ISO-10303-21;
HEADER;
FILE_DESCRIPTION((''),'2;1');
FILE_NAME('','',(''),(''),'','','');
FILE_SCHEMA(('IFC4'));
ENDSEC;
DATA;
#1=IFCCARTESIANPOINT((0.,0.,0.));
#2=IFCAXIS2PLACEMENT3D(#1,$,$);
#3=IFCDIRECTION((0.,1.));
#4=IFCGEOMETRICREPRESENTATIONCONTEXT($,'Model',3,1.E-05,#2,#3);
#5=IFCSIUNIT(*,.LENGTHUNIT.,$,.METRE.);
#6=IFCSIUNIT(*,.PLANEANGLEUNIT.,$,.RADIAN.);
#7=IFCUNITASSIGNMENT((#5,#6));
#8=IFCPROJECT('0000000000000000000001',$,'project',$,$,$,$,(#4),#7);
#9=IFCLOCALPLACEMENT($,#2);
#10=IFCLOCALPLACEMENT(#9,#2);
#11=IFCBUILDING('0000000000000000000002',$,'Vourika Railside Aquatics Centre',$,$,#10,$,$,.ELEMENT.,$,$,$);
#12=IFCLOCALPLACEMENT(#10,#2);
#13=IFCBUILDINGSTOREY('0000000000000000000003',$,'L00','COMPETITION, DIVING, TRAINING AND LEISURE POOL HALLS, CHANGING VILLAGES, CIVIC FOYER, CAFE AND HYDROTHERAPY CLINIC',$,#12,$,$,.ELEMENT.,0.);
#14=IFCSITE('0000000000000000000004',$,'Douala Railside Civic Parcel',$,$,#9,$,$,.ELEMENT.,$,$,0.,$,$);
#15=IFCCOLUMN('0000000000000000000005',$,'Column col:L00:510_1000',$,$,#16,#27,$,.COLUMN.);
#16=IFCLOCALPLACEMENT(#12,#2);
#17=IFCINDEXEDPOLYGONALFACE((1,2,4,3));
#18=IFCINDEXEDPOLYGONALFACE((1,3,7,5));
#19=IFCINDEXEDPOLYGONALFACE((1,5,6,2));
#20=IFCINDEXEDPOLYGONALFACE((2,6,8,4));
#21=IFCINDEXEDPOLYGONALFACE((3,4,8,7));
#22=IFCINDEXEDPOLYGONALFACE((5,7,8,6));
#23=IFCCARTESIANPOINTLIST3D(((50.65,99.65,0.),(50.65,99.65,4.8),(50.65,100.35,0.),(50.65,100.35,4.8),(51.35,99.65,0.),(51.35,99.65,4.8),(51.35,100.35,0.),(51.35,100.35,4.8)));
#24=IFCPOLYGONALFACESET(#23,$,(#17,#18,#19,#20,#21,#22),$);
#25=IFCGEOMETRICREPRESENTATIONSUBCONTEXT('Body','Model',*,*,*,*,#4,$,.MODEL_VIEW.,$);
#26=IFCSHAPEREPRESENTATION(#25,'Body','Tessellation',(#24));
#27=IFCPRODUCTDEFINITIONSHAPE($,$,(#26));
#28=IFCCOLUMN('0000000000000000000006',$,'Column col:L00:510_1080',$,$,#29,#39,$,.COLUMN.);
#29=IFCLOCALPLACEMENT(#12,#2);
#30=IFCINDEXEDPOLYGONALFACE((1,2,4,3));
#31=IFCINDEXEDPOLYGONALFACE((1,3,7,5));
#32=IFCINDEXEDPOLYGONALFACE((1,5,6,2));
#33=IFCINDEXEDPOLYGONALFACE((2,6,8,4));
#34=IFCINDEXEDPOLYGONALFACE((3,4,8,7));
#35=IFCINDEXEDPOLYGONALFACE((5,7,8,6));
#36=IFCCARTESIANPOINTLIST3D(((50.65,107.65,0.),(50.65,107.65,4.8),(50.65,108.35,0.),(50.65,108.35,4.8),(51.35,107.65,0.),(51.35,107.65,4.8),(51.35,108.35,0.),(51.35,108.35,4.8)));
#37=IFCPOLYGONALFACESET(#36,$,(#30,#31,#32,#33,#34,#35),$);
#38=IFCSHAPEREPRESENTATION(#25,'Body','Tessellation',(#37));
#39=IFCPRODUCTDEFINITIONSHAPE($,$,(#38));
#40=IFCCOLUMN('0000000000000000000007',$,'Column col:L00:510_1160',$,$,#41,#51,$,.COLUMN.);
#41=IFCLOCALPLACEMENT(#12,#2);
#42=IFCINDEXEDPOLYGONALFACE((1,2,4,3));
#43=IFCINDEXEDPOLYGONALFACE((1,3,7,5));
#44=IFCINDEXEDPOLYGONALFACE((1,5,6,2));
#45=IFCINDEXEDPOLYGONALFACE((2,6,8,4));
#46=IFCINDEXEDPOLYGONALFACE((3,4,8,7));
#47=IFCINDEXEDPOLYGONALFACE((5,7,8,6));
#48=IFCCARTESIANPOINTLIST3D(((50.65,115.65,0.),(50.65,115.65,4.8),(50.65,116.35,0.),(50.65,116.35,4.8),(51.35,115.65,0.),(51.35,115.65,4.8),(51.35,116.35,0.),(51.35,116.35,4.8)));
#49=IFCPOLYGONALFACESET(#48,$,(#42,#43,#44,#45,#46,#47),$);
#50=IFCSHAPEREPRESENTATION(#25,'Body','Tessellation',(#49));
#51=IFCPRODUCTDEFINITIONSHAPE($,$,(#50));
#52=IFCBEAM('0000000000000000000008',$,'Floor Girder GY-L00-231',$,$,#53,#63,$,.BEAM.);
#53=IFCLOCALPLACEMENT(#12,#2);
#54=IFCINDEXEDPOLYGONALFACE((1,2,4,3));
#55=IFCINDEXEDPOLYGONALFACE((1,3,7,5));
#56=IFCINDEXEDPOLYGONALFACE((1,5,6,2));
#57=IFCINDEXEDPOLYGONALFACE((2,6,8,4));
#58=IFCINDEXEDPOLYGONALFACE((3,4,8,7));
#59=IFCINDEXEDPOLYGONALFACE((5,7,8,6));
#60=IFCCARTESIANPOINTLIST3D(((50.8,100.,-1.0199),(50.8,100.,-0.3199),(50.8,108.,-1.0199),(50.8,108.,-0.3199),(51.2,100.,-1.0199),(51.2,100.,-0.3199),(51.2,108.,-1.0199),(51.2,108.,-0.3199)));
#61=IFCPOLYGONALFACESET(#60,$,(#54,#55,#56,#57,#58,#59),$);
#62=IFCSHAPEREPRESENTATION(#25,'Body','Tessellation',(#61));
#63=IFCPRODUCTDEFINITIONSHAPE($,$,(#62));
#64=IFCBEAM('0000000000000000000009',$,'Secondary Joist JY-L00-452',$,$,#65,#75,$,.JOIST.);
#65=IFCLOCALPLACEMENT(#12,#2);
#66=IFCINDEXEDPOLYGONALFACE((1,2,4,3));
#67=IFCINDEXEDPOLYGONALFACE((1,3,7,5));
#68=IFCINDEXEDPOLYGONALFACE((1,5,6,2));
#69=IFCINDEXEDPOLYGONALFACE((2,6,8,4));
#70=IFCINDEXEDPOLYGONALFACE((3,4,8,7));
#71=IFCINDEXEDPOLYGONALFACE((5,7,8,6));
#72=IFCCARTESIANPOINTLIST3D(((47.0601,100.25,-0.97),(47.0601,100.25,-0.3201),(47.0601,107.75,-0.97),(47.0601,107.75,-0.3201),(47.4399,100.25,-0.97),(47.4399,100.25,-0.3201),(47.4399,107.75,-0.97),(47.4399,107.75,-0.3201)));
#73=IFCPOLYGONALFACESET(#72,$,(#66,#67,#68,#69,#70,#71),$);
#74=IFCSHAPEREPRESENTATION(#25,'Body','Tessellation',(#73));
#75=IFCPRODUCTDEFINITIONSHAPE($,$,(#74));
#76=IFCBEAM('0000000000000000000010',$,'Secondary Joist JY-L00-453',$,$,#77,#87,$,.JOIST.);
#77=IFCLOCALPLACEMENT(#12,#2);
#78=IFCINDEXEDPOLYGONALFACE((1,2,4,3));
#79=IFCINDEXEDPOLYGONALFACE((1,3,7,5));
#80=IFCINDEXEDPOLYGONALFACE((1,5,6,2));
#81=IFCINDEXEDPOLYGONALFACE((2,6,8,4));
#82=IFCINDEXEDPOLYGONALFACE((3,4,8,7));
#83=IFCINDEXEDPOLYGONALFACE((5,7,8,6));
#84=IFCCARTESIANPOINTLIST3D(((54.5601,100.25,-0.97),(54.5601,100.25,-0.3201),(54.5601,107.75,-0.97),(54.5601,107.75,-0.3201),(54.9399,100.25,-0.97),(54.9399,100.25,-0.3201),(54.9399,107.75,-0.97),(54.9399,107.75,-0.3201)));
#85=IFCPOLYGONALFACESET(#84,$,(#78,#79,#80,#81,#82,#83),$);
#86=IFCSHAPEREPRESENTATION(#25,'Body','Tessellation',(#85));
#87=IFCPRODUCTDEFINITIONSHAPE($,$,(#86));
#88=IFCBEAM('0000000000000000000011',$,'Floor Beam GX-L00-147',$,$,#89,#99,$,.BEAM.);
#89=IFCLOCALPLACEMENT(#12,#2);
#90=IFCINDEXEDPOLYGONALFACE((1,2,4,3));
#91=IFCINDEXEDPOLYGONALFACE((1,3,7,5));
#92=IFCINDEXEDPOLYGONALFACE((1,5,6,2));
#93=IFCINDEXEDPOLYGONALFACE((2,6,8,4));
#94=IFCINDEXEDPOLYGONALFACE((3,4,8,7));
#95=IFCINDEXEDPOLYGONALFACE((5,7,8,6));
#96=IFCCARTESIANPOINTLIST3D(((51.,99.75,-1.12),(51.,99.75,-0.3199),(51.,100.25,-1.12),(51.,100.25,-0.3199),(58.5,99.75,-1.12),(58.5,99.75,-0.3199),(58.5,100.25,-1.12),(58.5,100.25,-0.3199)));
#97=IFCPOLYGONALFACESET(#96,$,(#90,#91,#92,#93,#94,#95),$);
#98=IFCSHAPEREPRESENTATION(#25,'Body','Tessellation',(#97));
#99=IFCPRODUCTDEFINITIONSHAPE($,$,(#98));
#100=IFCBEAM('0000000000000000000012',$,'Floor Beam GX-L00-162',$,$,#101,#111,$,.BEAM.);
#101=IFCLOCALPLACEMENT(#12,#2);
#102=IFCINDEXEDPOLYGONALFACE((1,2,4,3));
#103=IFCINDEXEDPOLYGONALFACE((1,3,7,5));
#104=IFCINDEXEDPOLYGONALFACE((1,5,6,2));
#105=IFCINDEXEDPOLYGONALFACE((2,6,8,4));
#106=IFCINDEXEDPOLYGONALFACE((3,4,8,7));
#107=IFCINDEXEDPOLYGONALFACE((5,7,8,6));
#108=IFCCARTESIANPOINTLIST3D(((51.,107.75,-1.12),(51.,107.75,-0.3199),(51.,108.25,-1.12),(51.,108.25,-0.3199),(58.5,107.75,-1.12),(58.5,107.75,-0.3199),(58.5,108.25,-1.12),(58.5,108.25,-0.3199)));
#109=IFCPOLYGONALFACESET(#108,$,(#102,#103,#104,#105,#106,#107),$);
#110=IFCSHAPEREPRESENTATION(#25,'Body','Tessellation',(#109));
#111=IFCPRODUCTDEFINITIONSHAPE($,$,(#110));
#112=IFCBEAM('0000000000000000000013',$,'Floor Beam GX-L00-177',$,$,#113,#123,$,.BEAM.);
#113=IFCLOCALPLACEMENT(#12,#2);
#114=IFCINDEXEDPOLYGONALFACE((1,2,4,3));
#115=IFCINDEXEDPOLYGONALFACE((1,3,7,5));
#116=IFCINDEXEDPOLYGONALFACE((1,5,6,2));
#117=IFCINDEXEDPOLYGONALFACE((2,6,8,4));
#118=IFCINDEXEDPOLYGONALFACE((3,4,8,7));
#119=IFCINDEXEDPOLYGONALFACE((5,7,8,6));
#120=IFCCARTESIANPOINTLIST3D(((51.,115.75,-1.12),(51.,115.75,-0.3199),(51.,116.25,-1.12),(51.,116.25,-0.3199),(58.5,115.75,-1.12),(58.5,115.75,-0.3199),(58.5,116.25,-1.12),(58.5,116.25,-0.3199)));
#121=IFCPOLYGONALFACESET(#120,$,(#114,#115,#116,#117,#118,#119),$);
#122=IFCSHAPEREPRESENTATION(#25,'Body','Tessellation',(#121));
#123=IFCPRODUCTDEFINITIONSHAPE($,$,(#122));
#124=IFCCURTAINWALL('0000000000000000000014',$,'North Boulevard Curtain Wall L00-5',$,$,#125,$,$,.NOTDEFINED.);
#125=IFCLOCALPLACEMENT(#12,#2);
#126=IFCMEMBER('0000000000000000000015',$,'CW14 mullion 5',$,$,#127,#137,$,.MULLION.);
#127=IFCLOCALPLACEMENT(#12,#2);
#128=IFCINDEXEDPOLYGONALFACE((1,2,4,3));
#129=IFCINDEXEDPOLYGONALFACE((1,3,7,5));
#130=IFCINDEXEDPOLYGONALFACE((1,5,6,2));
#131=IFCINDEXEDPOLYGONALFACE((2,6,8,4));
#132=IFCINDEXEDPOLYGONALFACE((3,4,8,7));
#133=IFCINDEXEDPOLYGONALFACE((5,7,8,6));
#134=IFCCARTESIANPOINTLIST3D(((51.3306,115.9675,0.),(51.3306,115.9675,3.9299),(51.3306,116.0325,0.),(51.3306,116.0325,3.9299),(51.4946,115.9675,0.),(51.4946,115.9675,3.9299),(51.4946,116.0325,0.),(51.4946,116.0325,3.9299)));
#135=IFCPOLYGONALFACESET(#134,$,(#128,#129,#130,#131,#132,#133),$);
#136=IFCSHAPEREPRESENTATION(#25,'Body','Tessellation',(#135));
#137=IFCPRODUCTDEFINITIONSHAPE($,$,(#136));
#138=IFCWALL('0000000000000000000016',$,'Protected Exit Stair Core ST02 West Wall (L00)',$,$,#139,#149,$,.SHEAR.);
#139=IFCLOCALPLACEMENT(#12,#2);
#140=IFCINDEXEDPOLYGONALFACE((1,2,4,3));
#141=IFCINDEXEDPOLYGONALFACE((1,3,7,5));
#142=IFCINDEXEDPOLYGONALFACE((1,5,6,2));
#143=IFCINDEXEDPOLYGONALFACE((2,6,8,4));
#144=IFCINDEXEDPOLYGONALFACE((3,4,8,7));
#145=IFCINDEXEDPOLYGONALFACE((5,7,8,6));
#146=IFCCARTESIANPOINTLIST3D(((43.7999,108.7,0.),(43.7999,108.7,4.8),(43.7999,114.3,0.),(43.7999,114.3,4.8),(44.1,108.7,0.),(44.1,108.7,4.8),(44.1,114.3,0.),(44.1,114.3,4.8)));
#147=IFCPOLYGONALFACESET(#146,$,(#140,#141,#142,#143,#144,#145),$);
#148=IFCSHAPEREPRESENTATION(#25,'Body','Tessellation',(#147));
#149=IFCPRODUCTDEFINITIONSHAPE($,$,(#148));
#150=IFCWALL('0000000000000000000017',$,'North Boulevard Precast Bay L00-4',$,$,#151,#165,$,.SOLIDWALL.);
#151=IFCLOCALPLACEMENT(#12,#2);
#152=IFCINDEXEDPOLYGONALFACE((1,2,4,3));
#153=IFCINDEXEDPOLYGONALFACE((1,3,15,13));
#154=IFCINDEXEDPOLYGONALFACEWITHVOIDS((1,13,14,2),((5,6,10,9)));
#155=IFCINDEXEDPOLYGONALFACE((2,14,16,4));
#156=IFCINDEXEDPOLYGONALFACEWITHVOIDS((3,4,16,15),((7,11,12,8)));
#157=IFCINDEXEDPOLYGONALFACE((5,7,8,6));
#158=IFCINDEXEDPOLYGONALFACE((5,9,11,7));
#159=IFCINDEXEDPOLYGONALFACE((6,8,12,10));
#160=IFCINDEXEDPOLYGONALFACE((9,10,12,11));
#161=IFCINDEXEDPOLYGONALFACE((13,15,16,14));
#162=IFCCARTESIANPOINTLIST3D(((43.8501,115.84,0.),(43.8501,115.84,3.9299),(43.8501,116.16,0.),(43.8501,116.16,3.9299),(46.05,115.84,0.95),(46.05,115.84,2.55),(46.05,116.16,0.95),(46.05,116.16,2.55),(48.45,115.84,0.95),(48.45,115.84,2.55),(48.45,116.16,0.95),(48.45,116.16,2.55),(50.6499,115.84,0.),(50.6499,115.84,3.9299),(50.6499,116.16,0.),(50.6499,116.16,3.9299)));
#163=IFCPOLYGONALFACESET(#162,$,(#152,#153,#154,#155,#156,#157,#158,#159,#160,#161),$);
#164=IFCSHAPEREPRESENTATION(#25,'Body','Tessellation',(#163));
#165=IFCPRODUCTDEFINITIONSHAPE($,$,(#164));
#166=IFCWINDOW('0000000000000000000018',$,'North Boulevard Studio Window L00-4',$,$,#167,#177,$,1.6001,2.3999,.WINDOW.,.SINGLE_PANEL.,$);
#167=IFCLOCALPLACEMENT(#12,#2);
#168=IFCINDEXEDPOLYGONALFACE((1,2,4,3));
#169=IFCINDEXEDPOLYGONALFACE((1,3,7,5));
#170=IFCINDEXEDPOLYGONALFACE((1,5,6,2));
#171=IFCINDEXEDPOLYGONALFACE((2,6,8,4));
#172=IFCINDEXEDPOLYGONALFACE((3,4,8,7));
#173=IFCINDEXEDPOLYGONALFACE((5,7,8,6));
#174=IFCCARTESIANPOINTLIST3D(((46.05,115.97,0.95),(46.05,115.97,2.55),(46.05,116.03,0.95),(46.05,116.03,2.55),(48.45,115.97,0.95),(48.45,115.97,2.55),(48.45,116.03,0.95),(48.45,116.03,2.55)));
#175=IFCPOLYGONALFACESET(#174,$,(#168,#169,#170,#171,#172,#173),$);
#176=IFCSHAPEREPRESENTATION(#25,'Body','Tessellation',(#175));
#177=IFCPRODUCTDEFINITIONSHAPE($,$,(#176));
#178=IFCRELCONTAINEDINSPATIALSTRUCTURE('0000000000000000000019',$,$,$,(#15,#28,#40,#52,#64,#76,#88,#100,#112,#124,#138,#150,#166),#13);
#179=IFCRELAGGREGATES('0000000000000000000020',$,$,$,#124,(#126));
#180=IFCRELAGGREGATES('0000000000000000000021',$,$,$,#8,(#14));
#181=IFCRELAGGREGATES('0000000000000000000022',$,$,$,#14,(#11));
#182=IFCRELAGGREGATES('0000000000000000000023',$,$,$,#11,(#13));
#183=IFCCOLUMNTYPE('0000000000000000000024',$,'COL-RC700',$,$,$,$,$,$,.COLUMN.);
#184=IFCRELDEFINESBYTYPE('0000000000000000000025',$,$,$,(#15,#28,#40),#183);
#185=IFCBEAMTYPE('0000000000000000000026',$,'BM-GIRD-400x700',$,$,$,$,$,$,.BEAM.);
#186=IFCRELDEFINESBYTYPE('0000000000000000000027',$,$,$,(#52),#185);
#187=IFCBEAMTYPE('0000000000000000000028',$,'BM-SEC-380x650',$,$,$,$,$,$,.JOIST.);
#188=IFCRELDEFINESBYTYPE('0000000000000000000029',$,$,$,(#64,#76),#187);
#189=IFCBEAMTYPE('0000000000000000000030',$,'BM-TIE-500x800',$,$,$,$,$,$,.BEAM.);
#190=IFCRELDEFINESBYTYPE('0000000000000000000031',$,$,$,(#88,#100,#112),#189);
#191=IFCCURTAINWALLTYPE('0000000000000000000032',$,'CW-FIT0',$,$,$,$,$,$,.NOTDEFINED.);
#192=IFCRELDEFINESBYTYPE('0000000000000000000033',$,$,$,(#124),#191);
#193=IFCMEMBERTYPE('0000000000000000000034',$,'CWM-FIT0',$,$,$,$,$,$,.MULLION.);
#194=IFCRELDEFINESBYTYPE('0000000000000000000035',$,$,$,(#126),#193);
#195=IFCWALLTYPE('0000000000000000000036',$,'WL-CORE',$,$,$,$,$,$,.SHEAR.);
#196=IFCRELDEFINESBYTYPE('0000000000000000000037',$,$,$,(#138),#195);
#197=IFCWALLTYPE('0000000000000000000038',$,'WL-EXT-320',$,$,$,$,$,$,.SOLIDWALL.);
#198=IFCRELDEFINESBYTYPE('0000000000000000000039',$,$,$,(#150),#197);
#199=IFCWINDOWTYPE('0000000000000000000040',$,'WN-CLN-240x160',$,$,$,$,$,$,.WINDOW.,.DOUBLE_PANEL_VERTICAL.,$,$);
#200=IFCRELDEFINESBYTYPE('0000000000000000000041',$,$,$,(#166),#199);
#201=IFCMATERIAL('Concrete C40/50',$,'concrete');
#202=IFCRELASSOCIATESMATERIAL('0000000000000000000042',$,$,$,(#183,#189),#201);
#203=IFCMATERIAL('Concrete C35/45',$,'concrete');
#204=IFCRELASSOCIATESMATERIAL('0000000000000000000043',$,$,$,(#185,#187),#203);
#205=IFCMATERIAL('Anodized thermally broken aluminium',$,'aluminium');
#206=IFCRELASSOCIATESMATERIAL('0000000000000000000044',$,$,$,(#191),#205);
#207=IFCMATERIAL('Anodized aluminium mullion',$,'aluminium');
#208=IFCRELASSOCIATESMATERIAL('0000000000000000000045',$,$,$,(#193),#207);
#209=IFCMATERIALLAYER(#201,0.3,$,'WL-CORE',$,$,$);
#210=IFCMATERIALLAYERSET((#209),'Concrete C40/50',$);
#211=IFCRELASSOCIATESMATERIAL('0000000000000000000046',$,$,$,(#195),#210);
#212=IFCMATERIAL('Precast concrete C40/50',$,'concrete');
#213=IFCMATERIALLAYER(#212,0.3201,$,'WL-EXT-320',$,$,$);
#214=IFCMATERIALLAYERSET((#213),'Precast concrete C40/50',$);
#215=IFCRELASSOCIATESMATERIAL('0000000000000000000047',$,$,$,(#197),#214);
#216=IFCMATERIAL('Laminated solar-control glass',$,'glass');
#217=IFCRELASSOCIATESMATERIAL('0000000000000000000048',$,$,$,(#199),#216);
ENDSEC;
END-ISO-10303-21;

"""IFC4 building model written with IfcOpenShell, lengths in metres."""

from ifc_helpers import new_model, si_unit, direction, frame, frame_2d, origin, origin_2d, place, context, subcontext, project, spatial, rectangle, extrude, material, layer, layer_set, material_profile, profile_set, type_object, element, fill, aggregate, save


model = new_model("IFC4")

# Units and contexts
model_context = context("Model", 3, precision=1e-05, world=origin(), true_north=direction((0.0, 1.0)))
body_context = subcontext(model_context, "Body", "Model", "MODEL_VIEW")
ifc_project = project(units=[si_unit("LENGTHUNIT", "METRE"), si_unit("PLANEANGLEUNIT", "RADIAN")], contexts=[model_context])

# Site, building, storey
site_placement = place(None, origin())
site = spatial("IfcSite", under=ifc_project, at=site_placement, Name="Douala Railside Civic Parcel", CompositionType="ELEMENT", RefElevation=0.0)
building_placement = place(site_placement, origin())
building = spatial("IfcBuilding", under=site, at=building_placement, Name="Vourika Railside Aquatics Centre", CompositionType="ELEMENT")
storey_placement = place(building_placement, origin())
storey = spatial("IfcBuildingStorey", under=building, at=storey_placement, Name="L00", Description="COMPETITION, DIVING, TRAINING AND LEISURE POOL HALLS, CHANGING VILLAGES, CIVIC FOYER, CAFE AND HYDROTHERAPY CLINIC", CompositionType="ELEMENT", Elevation=0.0)

# Columns
ifc_material_1 = material(Name="Concrete C40/50", Category="concrete")
ifc_material_profile_1 = material_profile(ifc_material_1, rectangle(XDim=0.7, YDim=0.7, at=origin_2d()), Name="RC 700x700")
ifc_profile_set_1 = profile_set([ifc_material_profile_1], Name="Concrete C40/50")
column_type = type_object("IfcColumnType", Name="COL-RC700", PredefinedType="COLUMN", material=ifc_profile_set_1)
for number, where, z_axis, x_axis, name in (
    (1, (51.0, 100.0, 0.0), (0.0, 0.0, 1.0), (1.0, 0.0, 0.0), "Column col:L00:510_1000"),
    (2, (51.0, 108.0, 0.0), (0.0, 0.0, 1.0), (1.0, 0.0, 0.0), "Column col:L00:510_1080"),
    (3, (51.0, 116.0, 0.0), (0.0, 0.0, 1.0), (1.0, 0.0, 0.0), "Column col:L00:510_1160"),
):
    element("IfcColumn", number, at=place(storey_placement, frame(where, z_axis=z_axis, x_axis=x_axis)), inside=storey, type_object=column_type, Name=name, PredefinedType="COLUMN", context=body_context, shape_type="SweptSolid", body=[
        extrude(rectangle(XDim=0.7, YDim=0.7, at=origin_2d()), origin(), (0.0, 0.0, 1.0), 4.8),
    ])

# Beams
ifc_material_2 = material(Name="Concrete C35/45", Category="concrete")
ifc_material_profile_2 = material_profile(ifc_material_2, rectangle(XDim=0.3999, YDim=0.7, at=origin_2d()), Name="RC 400x700")
ifc_profile_set_2 = profile_set([ifc_material_profile_2], Name="Concrete C35/45")
beam_type_1 = type_object("IfcBeamType", Name="BM-GIRD-400x700", PredefinedType="BEAM", material=ifc_profile_set_2)
beam_placement = place(storey_placement, frame((51.0, 100.0, -0.6699), z_axis=(0.0, 1.0, 0.0), x_axis=(-1.0, 0.0, 0.0)))
element("IfcBeam", 4, at=beam_placement, inside=storey, type_object=beam_type_1, Name="Floor Girder GY-L00-231", PredefinedType="BEAM", context=body_context, shape_type="SweptSolid", body=[
    extrude(rectangle(XDim=0.3999, YDim=0.7, at=origin_2d()), origin(), (0.0, 0.0, 1.0), 8.0),
])
ifc_material_profile_3 = material_profile(ifc_material_2, rectangle(XDim=0.3799, YDim=0.6499, at=origin_2d()), Name="RC 380x650")
ifc_profile_set_3 = profile_set([ifc_material_profile_3], Name="Concrete C35/45")
beam_type_2 = type_object("IfcBeamType", Name="BM-SEC-380x650", PredefinedType="JOIST", material=ifc_profile_set_3)
for number, where, z_axis, x_axis, name in (
    (5, (47.25, 100.25, -0.645), (0.0, 1.0, 0.0), (-1.0, 0.0, 0.0), "Secondary Joist JY-L00-452"),
    (6, (54.75, 100.25, -0.645), (0.0, 1.0, 0.0), (-1.0, 0.0, 0.0), "Secondary Joist JY-L00-453"),
):
    element("IfcBeam", number, at=place(storey_placement, frame(where, z_axis=z_axis, x_axis=x_axis)), inside=storey, type_object=beam_type_2, Name=name, PredefinedType="JOIST", context=body_context, shape_type="SweptSolid", body=[
        extrude(rectangle(XDim=0.3799, YDim=0.6499, at=origin_2d()), origin(), (0.0, 0.0, 1.0), 7.5),
    ])
ifc_material_profile_4 = material_profile(ifc_material_1, rectangle(XDim=0.5, YDim=0.8, at=origin_2d()), Name="RC 500x800")
ifc_profile_set_4 = profile_set([ifc_material_profile_4], Name="Concrete C40/50")
beam_type_3 = type_object("IfcBeamType", Name="BM-TIE-500x800", PredefinedType="BEAM", material=ifc_profile_set_4)
for number, where, z_axis, x_axis, name in (
    (7, (51.0, 100.0, -0.72), (1.0, 0.0, 0.0), (0.0, 1.0, 0.0), "Floor Beam GX-L00-147"),
    (8, (51.0, 108.0, -0.72), (1.0, 0.0, 0.0), (0.0, 1.0, 0.0), "Floor Beam GX-L00-162"),
    (9, (51.0, 116.0, -0.72), (1.0, 0.0, 0.0), (0.0, 1.0, 0.0), "Floor Beam GX-L00-177"),
):
    element("IfcBeam", number, at=place(storey_placement, frame(where, z_axis=z_axis, x_axis=x_axis)), inside=storey, type_object=beam_type_3, Name=name, PredefinedType="BEAM", context=body_context, shape_type="SweptSolid", body=[
        extrude(rectangle(XDim=0.5, YDim=0.8, at=origin_2d()), origin(), (0.0, 0.0, 1.0), 7.5),
    ])

# Curtain wall, member
ifc_material_3 = material(Name="Anodized thermally broken aluminium", Category="aluminium")
curtain_wall_type = type_object("IfcCurtainWallType", Name="CW-FIT0", PredefinedType="NOTDEFINED", material=ifc_material_3)
curtain_wall_placement = place(storey_placement, origin())
curtain_wall = element("IfcCurtainWall", 10, at=curtain_wall_placement, inside=storey, type_object=curtain_wall_type, Name="North Boulevard Curtain Wall L00-5", PredefinedType="NOTDEFINED")
ifc_material_4 = material(Name="Anodized aluminium mullion", Category="aluminium")
ifc_material_profile_5 = material_profile(ifc_material_4, rectangle(XDim=0.0649, YDim=0.1641, at=origin_2d()), Name="ALU-M 65x164")
ifc_profile_set_5 = profile_set([ifc_material_profile_5], Name="Anodized aluminium mullion")
member_type = type_object("IfcMemberType", Name="CWM-FIT0", PredefinedType="MULLION", material=ifc_profile_set_5)
member_placement = place(storey_placement, frame((51.4126, 116.0, 0.0), z_axis=(0.0, 0.0, 1.0), x_axis=(0.0, -1.0, 0.0)))
member = element("IfcMember", 11, at=member_placement, type_object=member_type, Name="CW14 mullion 5", PredefinedType="MULLION", context=body_context, shape_type="SweptSolid", body=[
    extrude(rectangle(XDim=0.0649, YDim=0.1641, at=origin_2d()), origin(), (0.0, 0.0, 1.0), 3.9299),
])
aggregate(curtain_wall, [member])

# Wall
ifc_layer_1 = layer(ifc_material_1, 0.3, Name="WL-CORE")
ifc_layer_set_1 = layer_set([ifc_layer_1], Name="Concrete C40/50")
wall_type_1 = type_object("IfcWallType", Name="WL-CORE", PredefinedType="SHEAR", material=ifc_layer_set_1)
wall_1_placement = place(storey_placement, frame((43.95, 114.3, 0.0), z_axis=(0.0, 0.0, 1.0), x_axis=(0.0, -1.0, 0.0)))
element("IfcWall", 12, at=wall_1_placement, inside=storey, type_object=wall_type_1, Name="Protected Exit Stair Core ST02 West Wall (L00)", PredefinedType="SHEAR", context=body_context, shape_type="SweptSolid", body=[
    extrude(rectangle(XDim=5.6001, YDim=0.3, at=frame_2d((2.8, 0.0))), origin(), (0.0, 0.0, 1.0), 4.8),
])

# Wall, opening, window
ifc_material_5 = material(Name="Precast concrete C40/50", Category="concrete")
ifc_layer_2 = layer(ifc_material_5, 0.3201, Name="WL-EXT-320")
ifc_layer_set_2 = layer_set([ifc_layer_2], Name="Precast concrete C40/50")
wall_type_2 = type_object("IfcWallType", Name="WL-EXT-320", PredefinedType="SOLIDWALL", material=ifc_layer_set_2)
wall_2_placement = place(storey_placement, frame((50.6499, 116.0, 0.0), z_axis=(0.0, 0.0, 1.0), x_axis=(-1.0, 0.0, 0.0)))
wall_2 = element("IfcWall", 13, at=wall_2_placement, inside=storey, type_object=wall_type_2, Name="North Boulevard Precast Bay L00-4", PredefinedType="SOLIDWALL", context=body_context, shape_type="SweptSolid", body=[
    extrude(rectangle(XDim=6.7998, YDim=0.3201, at=frame_2d((3.3999, 0.0))), origin(), (0.0, 0.0, 1.0), 3.9299),
])
opening_1_placement = place(wall_2_placement, frame((2.2, 0.0, 0.95)))
opening_1 = element("IfcOpeningElement", 14, at=opening_1_placement, cuts=wall_2, PredefinedType="OPENING", context=body_context, shape_type="SweptSolid", body=[
    extrude(rectangle(XDim=2.3999, YDim=1.6001, at=frame_2d((1.2, 0.8))), frame((0.0, 0.1699, 0.0), z_axis=(0.0, -1.0, 0.0), x_axis=(1.0, 0.0, 0.0)), (0.0, 0.0, 1.0), 0.3401),
])
ifc_material_6 = material(Name="Laminated solar-control glass", Category="glass")
window_type = type_object("IfcWindowType", Name="WN-CLN-240x160", PartitioningType="DOUBLE_PANEL_VERTICAL", PredefinedType="WINDOW", material=ifc_material_6)
window_placement = place(opening_1_placement, origin())
window = element("IfcWindow", 15, at=window_placement, inside=storey, type_object=window_type, Name="North Boulevard Studio Window L00-4", OverallHeight=1.6001, OverallWidth=2.3999, PartitioningType="SINGLE_PANEL", PredefinedType="WINDOW", context=body_context, shape_type="SweptSolid", body=[
    extrude(rectangle(XDim=2.3999, YDim=1.6001, at=frame_2d((1.2, 0.8))), frame((0.0, 0.03, 0.0), z_axis=(0.0, -1.0, 0.0), x_axis=(1.0, 0.0, 0.0)), (0.0, 0.0, 1.0), 0.0601),
])
fill(opening_1, window)

save(model, "model.ifc")
